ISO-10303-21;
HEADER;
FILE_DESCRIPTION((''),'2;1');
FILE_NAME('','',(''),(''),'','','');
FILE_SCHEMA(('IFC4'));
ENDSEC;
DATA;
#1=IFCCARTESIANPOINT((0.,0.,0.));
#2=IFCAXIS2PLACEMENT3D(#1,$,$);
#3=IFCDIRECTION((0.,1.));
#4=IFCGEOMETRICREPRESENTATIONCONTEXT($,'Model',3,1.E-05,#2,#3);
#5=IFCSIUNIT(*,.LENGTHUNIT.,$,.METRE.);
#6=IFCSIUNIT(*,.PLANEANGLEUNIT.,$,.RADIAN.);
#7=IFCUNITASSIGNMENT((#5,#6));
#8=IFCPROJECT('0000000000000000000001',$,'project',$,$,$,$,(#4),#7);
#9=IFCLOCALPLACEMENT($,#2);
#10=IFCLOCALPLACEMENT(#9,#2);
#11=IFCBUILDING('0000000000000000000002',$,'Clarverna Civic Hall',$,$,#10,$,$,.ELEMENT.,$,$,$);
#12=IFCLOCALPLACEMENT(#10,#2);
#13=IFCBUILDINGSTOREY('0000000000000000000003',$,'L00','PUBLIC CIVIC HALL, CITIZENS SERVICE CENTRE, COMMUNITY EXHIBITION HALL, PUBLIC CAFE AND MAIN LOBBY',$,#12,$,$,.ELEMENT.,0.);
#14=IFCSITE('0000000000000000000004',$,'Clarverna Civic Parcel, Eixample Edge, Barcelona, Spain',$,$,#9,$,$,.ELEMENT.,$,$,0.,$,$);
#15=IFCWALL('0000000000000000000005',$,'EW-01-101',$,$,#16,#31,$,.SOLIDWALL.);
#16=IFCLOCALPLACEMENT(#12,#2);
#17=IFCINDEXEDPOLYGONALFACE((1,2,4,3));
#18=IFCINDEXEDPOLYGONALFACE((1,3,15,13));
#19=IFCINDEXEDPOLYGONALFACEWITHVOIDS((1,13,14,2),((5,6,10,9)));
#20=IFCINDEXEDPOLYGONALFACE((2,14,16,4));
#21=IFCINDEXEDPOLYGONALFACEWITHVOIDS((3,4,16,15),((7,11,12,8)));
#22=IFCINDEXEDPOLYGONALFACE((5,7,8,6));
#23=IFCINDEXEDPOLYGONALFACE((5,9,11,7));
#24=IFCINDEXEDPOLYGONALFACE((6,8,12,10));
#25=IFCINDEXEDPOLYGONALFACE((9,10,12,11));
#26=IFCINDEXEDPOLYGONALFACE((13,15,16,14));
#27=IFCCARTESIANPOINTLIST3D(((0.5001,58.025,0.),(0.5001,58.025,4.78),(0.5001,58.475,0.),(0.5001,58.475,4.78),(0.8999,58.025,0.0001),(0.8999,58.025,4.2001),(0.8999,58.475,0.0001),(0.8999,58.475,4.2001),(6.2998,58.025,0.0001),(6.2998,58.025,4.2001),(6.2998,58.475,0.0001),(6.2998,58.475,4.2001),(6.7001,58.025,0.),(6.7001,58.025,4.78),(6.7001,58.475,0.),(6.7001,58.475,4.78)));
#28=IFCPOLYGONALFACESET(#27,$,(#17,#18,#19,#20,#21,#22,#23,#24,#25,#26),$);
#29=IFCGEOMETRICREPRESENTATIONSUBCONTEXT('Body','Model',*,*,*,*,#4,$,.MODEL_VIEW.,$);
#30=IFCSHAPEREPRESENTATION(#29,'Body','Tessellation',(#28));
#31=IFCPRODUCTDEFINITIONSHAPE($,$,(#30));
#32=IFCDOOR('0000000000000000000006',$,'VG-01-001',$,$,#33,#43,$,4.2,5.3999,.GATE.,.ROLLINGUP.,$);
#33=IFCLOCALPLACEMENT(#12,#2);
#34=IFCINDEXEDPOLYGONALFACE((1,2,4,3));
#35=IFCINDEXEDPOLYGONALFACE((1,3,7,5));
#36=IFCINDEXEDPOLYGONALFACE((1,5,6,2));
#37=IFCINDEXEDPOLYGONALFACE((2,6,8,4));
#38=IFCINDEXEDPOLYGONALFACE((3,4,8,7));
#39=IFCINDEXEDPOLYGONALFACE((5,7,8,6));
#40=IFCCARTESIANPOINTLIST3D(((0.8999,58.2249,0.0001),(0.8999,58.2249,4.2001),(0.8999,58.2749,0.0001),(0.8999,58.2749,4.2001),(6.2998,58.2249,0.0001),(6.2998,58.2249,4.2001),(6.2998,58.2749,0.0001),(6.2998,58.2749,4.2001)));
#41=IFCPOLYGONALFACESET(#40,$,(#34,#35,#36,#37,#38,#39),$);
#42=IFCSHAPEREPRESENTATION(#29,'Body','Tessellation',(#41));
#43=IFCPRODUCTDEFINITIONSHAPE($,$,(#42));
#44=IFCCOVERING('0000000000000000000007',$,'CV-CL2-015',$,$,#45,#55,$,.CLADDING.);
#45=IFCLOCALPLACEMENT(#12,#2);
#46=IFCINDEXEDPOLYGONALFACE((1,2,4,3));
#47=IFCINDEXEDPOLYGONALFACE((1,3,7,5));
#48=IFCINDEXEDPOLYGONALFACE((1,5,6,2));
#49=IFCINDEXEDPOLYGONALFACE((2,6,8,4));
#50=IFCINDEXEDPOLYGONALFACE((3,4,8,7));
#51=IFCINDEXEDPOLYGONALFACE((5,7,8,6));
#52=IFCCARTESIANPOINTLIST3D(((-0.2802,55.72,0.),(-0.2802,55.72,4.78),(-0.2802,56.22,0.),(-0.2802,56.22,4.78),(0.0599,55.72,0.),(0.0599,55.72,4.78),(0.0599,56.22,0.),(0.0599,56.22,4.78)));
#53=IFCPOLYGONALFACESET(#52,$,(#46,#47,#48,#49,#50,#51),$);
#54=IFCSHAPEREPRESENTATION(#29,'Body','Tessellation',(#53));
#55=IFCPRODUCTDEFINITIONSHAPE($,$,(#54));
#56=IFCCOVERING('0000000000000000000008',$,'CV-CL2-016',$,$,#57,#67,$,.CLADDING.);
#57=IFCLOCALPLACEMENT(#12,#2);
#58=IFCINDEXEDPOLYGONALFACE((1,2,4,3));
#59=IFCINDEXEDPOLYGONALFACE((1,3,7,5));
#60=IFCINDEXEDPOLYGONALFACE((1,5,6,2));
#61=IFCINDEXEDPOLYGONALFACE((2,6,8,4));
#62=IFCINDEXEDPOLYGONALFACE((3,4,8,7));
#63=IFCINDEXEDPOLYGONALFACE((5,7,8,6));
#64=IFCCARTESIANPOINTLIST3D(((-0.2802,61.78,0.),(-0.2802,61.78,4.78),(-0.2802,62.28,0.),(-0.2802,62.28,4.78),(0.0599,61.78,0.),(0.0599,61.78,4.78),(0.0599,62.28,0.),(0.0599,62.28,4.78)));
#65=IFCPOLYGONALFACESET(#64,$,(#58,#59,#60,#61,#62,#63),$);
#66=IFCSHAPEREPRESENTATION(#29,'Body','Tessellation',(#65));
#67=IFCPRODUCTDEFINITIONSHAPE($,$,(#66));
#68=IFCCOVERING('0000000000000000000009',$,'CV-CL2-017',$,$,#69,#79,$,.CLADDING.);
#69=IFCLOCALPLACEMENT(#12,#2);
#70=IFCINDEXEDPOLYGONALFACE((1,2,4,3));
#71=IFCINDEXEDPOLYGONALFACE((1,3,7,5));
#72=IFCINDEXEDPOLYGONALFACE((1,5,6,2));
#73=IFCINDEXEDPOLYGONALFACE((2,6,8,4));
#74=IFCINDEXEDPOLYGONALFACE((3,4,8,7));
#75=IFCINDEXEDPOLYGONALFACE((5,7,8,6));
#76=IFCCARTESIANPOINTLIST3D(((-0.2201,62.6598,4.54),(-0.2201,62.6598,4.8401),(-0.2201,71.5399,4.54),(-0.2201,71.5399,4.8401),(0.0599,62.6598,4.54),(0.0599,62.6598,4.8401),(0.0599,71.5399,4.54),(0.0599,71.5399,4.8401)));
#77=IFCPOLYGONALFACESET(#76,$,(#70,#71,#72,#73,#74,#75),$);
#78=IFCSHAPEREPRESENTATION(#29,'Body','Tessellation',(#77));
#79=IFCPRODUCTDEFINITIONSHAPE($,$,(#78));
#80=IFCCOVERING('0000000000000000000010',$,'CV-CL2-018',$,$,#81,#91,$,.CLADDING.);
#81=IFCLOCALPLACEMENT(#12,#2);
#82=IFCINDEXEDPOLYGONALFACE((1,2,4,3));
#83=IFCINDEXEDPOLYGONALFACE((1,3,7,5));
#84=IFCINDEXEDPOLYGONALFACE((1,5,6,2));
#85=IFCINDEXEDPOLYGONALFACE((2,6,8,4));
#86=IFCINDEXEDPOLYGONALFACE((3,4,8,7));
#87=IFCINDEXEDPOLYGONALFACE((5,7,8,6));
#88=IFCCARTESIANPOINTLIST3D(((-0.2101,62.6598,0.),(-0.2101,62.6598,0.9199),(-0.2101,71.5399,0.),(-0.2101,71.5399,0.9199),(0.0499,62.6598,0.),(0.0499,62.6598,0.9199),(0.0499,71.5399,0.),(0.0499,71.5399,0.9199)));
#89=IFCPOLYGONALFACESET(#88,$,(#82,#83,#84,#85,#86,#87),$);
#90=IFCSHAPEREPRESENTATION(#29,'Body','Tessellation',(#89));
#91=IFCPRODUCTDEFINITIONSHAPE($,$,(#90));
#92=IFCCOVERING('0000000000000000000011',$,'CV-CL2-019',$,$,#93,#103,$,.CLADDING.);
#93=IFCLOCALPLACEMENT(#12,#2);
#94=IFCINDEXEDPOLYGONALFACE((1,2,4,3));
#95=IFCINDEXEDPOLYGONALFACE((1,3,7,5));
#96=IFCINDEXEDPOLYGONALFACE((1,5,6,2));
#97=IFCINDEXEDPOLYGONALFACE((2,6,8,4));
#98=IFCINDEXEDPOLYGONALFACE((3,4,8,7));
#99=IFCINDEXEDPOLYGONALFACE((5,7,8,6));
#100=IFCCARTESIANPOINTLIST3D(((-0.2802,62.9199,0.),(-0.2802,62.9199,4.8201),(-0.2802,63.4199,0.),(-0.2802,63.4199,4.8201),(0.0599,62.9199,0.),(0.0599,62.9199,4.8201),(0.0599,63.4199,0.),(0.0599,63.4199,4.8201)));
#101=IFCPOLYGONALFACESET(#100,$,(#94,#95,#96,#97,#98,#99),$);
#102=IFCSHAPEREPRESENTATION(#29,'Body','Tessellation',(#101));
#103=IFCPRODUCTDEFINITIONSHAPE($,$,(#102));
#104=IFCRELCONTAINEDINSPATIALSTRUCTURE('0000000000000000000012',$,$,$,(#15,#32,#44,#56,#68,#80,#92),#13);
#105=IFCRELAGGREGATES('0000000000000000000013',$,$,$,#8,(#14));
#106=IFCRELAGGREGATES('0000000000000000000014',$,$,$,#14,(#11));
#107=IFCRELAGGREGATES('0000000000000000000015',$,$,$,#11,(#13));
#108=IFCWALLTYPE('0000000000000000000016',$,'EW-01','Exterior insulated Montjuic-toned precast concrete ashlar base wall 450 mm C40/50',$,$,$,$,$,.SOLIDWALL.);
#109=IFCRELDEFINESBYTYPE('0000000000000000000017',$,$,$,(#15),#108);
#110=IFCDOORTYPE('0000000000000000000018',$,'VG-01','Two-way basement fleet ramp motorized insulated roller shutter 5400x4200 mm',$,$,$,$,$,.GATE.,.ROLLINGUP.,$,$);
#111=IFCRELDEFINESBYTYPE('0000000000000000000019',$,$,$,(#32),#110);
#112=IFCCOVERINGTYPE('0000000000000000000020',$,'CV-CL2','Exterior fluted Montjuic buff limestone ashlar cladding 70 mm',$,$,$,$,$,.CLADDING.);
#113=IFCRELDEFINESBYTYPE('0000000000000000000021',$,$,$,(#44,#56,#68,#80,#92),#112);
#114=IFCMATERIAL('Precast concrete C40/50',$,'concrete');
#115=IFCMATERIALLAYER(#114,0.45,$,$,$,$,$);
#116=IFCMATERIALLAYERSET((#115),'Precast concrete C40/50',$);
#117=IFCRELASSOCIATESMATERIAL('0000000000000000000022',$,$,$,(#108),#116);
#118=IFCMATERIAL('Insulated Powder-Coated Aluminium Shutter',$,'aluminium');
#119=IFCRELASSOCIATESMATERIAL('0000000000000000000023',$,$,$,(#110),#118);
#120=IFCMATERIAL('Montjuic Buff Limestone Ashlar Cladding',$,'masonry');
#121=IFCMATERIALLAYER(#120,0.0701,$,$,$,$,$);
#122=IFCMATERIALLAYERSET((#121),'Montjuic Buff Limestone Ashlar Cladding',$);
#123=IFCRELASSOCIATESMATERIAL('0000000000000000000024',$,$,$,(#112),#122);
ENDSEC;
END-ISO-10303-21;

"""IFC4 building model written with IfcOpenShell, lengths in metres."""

from ifc_helpers import new_model, si_unit, direction, frame, frame_2d, origin, place, context, subcontext, project, spatial, rectangle, extrude, material, layer, layer_set, type_object, element, fill, save


model = new_model("IFC4")

# Units and contexts
model_context = context("Model", 3, precision=1e-05, world=origin(), true_north=direction((0.0, 1.0)))
body_context = subcontext(model_context, "Body", "Model", "MODEL_VIEW")
ifc_project = project(units=[si_unit("LENGTHUNIT", "METRE"), si_unit("PLANEANGLEUNIT", "RADIAN")], contexts=[model_context])

# Site, building, storey
site_placement = place(None, origin())
site = spatial("IfcSite", under=ifc_project, at=site_placement, Name="Clarverna Civic Parcel, Eixample Edge, Barcelona, Spain", CompositionType="ELEMENT", RefElevation=0.0)
building_placement = place(site_placement, origin())
building = spatial("IfcBuilding", under=site, at=building_placement, Name="Clarverna Civic Hall", CompositionType="ELEMENT")
storey_placement = place(building_placement, origin())
storey = spatial("IfcBuildingStorey", under=building, at=storey_placement, Name="L00", Description="PUBLIC CIVIC HALL, CITIZENS SERVICE CENTRE, COMMUNITY EXHIBITION HALL, PUBLIC CAFE AND MAIN LOBBY", CompositionType="ELEMENT", Elevation=0.0)

# Shared definitions
ifc_material_1 = material(Name="Precast concrete C40/50", Category="concrete")
ifc_layer_1 = layer(ifc_material_1, 0.45)
ifc_layer_set_1 = layer_set([ifc_layer_1], Name="Precast concrete C40/50")
wall_type = type_object("IfcWallType", Name="EW-01", Description="Exterior insulated Montjuic-toned precast concrete ashlar base wall 450 mm C40/50", PredefinedType="SOLIDWALL", material=ifc_layer_set_1)

# Wall, opening, door
wall_1_placement = place(storey_placement, frame((0.5, 58.25, 0.0), z_axis=(0.0, 0.0, 1.0), x_axis=(1.0, 0.0, 0.0)))
wall_1 = element("IfcWall", 1, at=wall_1_placement, inside=storey, type_object=wall_type, Name="EW-01-101", PredefinedType="SOLIDWALL", context=body_context, shape_type="SweptSolid", body=[
    extrude(rectangle(XDim=6.2, YDim=0.45, at=frame_2d((3.1001, 0.0))), origin(), (0.0, 0.0, 1.0), 4.78),
])
opening_1_placement = place(wall_1_placement, frame((0.3999, 0.0, 0.0)))
opening_1 = element("IfcOpeningElement", 2, at=opening_1_placement, cuts=wall_1, PredefinedType="OPENING", context=body_context, shape_type="SweptSolid", body=[
    extrude(rectangle(XDim=5.3999, YDim=4.2, at=frame_2d((2.7, 2.1001))), frame((0.0, 0.2349, 0.0), z_axis=(0.0, -1.0, 0.0), x_axis=(1.0, 0.0, 0.0)), (0.0, 0.0, 1.0), 0.47),
])
ifc_material_2 = material(Name="Insulated Powder-Coated Aluminium Shutter", Category="aluminium")
door_type = type_object("IfcDoorType", Name="VG-01", Description="Two-way basement fleet ramp motorized insulated roller shutter 5400x4200 mm", OperationType="ROLLINGUP", PredefinedType="GATE", material=ifc_material_2)
door_placement = place(opening_1_placement, origin())
door = element("IfcDoor", 3, at=door_placement, inside=storey, type_object=door_type, Name="VG-01-001", OperationType="ROLLINGUP", OverallHeight=4.2, OverallWidth=5.3999, PredefinedType="GATE", context=body_context, shape_type="SweptSolid", body=[
    extrude(rectangle(XDim=5.3999, YDim=4.2, at=frame_2d((2.7, 2.1001))), frame((0.0, 0.0249, 0.0), z_axis=(0.0, -1.0, 0.0), x_axis=(1.0, 0.0, 0.0)), (0.0, 0.0, 1.0), 0.05),
])
fill(opening_1, door)

# Coverings
ifc_material_3 = material(Name="Montjuic Buff Limestone Ashlar Cladding", Category="masonry")
ifc_layer_2 = layer(ifc_material_3, 0.0701)
ifc_layer_set_2 = layer_set([ifc_layer_2], Name="Montjuic Buff Limestone Ashlar Cladding")
covering_type = type_object("IfcCoveringType", Name="CV-CL2", Description="Exterior fluted Montjuic buff limestone ashlar cladding 70 mm", PredefinedType="CLADDING", material=ifc_layer_set_2)
for number, where, z_axis, x_axis, name in (
    (4, (-0.1101, 55.72, 0.0), (0.0, 0.0, 1.0), (0.0, 1.0, 0.0), "CV-CL2-015"),
    (5, (-0.1101, 61.78, 0.0), (0.0, 0.0, 1.0), (0.0, 1.0, 0.0), "CV-CL2-016"),
):
    element("IfcCovering", number, at=place(storey_placement, frame(where, z_axis=z_axis, x_axis=x_axis)), inside=storey, type_object=covering_type, Name=name, PredefinedType="CLADDING", context=body_context, shape_type="SweptSolid", body=[
        extrude(rectangle(XDim=0.5, YDim=0.3401, at=frame_2d((0.25, 0.0))), origin(), (0.0, 0.0, 1.0), 4.78),
    ])
covering_1_placement = place(storey_placement, frame((-0.0801, 62.6599, 4.54), z_axis=(0.0, 0.0, 1.0), x_axis=(0.0, 1.0, 0.0)))
element("IfcCovering", 6, at=covering_1_placement, inside=storey, type_object=covering_type, Name="CV-CL2-017", PredefinedType="CLADDING", context=body_context, shape_type="SweptSolid", body=[
    extrude(rectangle(XDim=8.8801, YDim=0.28, at=frame_2d((4.4399, 0.0))), origin(), (0.0, 0.0, 1.0), 0.3),
])
covering_2_placement = place(storey_placement, frame((-0.0801, 62.6599, 0.0), z_axis=(0.0, 0.0, 1.0), x_axis=(0.0, 1.0, 0.0)))
element("IfcCovering", 7, at=covering_2_placement, inside=storey, type_object=covering_type, Name="CV-CL2-018", PredefinedType="CLADDING", context=body_context, shape_type="SweptSolid", body=[
    extrude(rectangle(XDim=8.8801, YDim=0.26, at=frame_2d((4.4399, 0.0))), origin(), (0.0, 0.0, 1.0), 0.9199),
])
covering_3_placement = place(storey_placement, frame((-0.1101, 62.9199, 0.0), z_axis=(0.0, 0.0, 1.0), x_axis=(0.0, 1.0, 0.0)))
element("IfcCovering", 8, at=covering_3_placement, inside=storey, type_object=covering_type, Name="CV-CL2-019", PredefinedType="CLADDING", context=body_context, shape_type="SweptSolid", body=[
    extrude(rectangle(XDim=0.5, YDim=0.3401, at=frame_2d((0.25, 0.0))), origin(), (0.0, 0.0, 1.0), 4.8201),
])

save(model, "model.ifc")
